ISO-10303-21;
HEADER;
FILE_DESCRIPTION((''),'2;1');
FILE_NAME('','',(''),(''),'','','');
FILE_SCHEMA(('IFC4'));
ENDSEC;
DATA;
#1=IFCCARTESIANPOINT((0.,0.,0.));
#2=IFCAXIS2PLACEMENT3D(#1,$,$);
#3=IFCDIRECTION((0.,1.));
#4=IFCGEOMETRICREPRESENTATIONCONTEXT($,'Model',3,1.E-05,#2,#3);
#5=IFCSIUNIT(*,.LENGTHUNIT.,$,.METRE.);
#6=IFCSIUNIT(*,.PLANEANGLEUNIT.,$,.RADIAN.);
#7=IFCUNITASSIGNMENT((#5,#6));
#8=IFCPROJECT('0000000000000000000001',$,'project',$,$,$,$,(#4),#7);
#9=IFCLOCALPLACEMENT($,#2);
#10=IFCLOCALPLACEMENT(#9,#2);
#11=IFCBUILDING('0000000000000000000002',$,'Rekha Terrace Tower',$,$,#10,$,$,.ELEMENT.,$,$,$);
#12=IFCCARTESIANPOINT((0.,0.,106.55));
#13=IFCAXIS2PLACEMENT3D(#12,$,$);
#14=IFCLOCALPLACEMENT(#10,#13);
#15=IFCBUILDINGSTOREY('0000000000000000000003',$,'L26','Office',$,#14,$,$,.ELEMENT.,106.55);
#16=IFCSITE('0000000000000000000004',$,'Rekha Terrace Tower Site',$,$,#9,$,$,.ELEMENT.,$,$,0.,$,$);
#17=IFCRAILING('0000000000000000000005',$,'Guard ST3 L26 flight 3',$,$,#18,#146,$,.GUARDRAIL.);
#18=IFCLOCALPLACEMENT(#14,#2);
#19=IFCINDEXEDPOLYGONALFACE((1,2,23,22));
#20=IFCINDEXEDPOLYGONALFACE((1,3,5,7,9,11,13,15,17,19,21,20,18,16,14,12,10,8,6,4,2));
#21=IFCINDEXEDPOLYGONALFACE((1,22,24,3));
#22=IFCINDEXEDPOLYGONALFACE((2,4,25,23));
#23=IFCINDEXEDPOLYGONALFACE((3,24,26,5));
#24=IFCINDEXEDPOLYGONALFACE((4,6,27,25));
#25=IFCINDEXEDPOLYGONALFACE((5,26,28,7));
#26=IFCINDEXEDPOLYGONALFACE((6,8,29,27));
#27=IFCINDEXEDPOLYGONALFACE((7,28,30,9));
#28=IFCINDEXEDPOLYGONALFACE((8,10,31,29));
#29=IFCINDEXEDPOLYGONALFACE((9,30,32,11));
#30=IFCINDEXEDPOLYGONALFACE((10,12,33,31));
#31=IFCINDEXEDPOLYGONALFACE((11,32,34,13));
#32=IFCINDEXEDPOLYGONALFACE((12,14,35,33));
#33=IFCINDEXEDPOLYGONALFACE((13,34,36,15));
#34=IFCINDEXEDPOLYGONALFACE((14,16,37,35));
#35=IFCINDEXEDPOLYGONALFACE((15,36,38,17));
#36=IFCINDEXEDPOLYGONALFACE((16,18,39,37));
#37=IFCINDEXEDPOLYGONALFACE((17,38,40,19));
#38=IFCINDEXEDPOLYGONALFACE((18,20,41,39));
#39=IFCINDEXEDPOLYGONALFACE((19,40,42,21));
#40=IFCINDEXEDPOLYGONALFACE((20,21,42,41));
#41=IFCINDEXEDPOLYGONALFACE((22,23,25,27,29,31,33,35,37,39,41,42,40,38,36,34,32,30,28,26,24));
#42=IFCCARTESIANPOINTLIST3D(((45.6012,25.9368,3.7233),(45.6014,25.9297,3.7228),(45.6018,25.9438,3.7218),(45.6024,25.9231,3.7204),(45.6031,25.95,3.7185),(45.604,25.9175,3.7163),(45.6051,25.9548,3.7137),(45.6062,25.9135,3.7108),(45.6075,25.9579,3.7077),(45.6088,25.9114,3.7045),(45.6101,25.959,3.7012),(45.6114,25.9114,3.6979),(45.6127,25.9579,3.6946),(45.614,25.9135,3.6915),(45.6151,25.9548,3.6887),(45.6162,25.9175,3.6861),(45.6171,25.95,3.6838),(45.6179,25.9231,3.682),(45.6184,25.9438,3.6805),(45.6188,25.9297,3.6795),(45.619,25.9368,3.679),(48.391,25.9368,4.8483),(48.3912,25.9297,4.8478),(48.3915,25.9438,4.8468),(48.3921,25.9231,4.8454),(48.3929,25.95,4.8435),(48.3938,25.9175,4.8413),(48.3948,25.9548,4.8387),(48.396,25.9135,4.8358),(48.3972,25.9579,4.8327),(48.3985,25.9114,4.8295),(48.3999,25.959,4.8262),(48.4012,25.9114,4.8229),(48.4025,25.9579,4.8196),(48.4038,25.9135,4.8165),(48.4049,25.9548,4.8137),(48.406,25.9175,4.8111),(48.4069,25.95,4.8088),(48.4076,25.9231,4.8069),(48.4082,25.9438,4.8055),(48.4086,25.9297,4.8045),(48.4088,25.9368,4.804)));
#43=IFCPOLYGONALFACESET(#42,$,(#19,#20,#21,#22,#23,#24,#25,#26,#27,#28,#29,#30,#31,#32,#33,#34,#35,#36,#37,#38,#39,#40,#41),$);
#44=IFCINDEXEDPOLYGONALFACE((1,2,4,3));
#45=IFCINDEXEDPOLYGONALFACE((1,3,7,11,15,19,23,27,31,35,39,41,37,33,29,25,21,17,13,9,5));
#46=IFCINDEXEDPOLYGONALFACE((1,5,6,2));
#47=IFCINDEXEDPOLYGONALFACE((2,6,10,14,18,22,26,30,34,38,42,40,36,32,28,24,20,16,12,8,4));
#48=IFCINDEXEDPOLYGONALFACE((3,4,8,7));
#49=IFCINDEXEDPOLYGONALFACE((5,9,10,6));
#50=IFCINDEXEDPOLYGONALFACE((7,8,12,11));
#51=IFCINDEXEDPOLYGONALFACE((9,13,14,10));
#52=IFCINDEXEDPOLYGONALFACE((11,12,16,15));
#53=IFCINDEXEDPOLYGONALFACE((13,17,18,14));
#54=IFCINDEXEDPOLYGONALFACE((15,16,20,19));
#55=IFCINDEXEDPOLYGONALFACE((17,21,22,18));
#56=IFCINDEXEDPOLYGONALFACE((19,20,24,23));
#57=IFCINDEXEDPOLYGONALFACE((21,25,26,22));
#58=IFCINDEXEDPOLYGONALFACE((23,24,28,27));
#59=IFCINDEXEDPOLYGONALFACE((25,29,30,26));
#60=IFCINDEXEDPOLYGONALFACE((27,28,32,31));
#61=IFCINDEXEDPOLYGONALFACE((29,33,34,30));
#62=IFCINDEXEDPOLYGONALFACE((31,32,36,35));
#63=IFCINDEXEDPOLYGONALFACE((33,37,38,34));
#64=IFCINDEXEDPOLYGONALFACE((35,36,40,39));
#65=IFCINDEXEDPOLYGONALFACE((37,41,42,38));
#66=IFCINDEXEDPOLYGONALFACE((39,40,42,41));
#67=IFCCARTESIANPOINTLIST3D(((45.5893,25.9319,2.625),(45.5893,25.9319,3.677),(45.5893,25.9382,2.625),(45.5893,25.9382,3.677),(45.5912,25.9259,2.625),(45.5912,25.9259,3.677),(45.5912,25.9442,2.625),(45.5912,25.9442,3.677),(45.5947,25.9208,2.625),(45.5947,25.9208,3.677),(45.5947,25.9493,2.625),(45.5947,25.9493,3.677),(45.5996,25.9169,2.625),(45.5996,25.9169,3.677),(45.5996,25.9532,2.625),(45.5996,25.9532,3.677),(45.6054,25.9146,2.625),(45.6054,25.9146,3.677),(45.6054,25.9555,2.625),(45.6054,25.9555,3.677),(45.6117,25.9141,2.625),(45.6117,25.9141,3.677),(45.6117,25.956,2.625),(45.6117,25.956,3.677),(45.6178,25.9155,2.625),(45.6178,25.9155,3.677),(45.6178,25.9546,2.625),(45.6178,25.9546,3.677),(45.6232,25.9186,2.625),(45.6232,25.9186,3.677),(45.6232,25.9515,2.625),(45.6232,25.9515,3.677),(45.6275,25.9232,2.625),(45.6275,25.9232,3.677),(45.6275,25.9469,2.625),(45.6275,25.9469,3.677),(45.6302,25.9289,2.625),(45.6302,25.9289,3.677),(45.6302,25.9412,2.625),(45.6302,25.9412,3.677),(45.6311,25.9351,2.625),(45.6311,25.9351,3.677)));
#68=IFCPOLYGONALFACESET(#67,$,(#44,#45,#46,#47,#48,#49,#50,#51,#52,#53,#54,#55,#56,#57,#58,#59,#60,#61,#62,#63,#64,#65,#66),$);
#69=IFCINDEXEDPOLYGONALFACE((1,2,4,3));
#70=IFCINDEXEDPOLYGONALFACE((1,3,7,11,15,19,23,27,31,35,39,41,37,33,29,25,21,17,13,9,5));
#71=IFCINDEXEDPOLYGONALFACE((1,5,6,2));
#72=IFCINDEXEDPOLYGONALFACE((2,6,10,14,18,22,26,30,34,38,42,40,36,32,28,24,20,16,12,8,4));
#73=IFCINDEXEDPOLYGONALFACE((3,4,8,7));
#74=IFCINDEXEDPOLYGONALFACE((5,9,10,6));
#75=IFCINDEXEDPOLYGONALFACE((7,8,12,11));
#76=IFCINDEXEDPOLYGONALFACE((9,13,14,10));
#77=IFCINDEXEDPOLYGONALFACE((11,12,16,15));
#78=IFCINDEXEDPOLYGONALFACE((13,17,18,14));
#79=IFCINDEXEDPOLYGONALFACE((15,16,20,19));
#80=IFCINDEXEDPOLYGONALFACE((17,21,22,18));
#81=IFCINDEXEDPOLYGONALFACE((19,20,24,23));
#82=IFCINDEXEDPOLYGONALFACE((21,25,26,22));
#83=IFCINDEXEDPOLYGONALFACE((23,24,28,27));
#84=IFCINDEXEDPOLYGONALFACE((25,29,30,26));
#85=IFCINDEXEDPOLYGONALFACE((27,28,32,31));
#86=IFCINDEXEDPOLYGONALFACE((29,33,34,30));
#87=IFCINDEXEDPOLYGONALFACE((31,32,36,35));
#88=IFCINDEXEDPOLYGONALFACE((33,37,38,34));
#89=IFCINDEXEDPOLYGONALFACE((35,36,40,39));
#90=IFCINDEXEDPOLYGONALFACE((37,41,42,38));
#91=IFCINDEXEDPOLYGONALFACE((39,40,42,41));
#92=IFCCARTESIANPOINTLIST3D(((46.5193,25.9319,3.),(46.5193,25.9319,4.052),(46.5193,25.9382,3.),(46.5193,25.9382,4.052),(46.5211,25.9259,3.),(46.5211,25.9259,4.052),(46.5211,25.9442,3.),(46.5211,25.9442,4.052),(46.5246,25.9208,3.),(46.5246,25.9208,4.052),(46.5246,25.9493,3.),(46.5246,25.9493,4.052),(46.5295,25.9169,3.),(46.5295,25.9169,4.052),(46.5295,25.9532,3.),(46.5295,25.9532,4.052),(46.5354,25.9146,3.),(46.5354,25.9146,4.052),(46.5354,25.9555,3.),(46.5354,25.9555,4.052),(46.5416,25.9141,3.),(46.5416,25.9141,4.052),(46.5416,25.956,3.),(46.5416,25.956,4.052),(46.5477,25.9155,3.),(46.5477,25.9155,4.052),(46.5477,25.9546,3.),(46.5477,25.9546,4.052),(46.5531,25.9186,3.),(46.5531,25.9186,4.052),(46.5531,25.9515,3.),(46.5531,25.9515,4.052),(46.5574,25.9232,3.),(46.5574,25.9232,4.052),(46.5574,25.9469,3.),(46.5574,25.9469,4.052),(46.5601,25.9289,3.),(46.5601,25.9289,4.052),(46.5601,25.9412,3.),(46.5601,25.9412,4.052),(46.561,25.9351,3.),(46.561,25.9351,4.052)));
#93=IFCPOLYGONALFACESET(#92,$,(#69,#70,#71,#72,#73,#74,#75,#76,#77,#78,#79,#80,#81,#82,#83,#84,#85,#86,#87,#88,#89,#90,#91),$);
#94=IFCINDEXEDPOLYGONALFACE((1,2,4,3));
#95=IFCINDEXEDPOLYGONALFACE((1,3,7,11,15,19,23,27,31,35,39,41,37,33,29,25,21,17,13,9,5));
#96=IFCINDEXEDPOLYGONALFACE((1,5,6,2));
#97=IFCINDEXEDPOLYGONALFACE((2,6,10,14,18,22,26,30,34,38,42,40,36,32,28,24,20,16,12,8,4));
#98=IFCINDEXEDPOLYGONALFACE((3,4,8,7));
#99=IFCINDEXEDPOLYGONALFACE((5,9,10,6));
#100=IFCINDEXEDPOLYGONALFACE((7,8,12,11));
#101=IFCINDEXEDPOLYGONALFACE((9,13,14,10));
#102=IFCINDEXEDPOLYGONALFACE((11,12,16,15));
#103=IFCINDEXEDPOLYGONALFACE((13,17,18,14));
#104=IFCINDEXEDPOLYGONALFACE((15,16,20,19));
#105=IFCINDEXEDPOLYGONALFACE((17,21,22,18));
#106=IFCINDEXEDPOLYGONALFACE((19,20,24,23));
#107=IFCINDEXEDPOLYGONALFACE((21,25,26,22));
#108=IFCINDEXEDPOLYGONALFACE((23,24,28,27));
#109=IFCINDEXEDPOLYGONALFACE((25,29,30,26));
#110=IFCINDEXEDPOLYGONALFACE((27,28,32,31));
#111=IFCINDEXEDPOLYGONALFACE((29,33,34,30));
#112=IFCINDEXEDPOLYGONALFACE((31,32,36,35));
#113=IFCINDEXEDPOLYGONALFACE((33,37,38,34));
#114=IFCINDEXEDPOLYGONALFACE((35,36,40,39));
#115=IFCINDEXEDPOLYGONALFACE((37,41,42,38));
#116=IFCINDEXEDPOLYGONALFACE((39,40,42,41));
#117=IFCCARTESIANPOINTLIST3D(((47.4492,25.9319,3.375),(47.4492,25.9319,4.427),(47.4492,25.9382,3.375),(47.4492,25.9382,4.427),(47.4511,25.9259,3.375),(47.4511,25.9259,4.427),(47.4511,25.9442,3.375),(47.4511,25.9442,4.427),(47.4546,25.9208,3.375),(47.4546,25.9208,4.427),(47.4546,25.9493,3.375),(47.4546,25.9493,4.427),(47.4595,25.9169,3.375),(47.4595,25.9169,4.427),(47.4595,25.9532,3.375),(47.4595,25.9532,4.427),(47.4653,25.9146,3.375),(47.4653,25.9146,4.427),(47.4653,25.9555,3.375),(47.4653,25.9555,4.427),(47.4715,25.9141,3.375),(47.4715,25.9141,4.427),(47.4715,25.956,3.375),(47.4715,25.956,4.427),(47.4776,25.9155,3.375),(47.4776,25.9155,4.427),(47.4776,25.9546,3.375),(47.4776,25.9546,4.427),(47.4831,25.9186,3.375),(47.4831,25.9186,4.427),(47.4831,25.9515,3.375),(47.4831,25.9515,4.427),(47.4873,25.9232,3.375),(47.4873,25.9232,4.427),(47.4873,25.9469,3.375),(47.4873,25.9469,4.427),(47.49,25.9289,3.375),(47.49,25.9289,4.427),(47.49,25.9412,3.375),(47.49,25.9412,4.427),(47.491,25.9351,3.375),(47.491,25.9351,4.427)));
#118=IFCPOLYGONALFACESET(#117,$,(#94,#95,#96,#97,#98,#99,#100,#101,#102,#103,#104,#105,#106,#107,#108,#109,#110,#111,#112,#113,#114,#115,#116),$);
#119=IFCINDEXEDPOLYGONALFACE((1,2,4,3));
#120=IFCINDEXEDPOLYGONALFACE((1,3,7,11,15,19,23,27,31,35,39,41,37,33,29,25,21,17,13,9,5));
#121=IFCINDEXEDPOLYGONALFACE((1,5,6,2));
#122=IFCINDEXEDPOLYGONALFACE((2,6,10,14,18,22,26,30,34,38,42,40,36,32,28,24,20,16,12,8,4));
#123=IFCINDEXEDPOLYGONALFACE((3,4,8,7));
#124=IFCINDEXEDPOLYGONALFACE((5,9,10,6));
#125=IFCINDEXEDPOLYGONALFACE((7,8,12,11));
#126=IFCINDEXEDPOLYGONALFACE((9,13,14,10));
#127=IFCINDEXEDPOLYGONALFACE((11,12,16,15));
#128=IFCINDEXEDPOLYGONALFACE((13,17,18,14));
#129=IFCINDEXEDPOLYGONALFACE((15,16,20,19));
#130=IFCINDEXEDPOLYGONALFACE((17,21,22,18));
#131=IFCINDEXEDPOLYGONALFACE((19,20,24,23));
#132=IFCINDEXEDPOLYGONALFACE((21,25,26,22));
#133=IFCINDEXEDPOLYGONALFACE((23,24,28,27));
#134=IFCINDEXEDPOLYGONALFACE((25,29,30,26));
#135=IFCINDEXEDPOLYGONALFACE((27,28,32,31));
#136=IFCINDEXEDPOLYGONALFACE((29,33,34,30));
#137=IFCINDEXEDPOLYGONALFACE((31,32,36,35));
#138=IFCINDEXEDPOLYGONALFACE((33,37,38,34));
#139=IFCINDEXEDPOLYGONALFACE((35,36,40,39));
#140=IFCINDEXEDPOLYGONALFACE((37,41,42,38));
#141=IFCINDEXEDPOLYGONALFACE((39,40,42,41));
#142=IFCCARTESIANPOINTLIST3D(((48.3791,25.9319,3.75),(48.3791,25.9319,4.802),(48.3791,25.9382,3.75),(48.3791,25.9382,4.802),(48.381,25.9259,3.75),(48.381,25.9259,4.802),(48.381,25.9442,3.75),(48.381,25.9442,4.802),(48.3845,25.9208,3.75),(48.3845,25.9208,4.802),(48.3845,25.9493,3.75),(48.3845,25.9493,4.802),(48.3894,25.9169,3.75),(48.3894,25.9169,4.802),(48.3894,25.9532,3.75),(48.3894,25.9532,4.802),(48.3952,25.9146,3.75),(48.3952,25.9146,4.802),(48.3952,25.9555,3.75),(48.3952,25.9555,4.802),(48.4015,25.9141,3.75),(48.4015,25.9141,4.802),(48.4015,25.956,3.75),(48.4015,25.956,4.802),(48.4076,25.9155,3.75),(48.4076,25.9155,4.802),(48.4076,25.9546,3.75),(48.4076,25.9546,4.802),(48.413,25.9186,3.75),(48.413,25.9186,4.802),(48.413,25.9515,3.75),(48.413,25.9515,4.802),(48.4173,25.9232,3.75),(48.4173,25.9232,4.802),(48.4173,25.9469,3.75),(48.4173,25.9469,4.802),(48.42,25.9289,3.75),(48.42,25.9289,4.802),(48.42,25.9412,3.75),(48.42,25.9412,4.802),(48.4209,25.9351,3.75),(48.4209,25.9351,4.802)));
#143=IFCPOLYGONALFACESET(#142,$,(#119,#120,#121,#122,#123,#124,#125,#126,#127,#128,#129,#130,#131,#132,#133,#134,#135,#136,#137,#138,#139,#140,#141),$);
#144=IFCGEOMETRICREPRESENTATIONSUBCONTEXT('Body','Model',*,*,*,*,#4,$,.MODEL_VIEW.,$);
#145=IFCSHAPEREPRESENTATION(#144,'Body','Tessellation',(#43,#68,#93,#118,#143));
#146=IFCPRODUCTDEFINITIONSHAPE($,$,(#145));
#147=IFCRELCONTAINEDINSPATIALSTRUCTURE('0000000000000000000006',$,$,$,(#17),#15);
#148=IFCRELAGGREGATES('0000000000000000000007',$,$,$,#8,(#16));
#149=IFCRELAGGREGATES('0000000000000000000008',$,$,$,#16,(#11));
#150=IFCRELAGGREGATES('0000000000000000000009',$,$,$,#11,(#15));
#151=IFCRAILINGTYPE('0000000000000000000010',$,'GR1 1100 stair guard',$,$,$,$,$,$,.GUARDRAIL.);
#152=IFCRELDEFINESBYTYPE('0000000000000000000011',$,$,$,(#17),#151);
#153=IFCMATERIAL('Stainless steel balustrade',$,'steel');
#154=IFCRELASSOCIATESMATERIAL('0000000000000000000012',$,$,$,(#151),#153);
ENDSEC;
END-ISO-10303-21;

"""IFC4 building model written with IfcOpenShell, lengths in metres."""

from ifc_helpers import new_model, si_unit, direction, frame, origin, origin_2d, place, context, subcontext, project, spatial, circle, extrude, material, type_object, element, save


model = new_model("IFC4")

# Units and contexts
model_context = context("Model", 3, precision=1e-05, world=origin(), true_north=direction((0.0, 1.0)))
body_context = subcontext(model_context, "Body", "Model", "MODEL_VIEW")
ifc_project = project(units=[si_unit("LENGTHUNIT", "METRE"), si_unit("PLANEANGLEUNIT", "RADIAN")], contexts=[model_context])

# Site, building, storey
site_placement = place(None, origin())
site = spatial("IfcSite", under=ifc_project, at=site_placement, Name="Rekha Terrace Tower Site", CompositionType="ELEMENT", RefElevation=0.0)
building_placement = place(site_placement, origin())
building = spatial("IfcBuilding", under=site, at=building_placement, Name="Rekha Terrace Tower", CompositionType="ELEMENT")
storey_placement = place(building_placement, frame((0.0, 0.0, 106.55)))
storey = spatial("IfcBuildingStorey", under=building, at=storey_placement, Name="L26", Description="Office", CompositionType="ELEMENT", Elevation=106.55)

# Railing
ifc_material_1 = material(Name="Stainless steel balustrade", Category="steel")
railing_type_1 = type_object("IfcRailingType", Name="GR1 1100 stair guard", PredefinedType="GUARDRAIL", material=ifc_material_1)
railing_1_placement = place(storey_placement, frame((45.6101, 25.9351, 2.625)))
element("IfcRailing", 1, at=railing_1_placement, inside=storey, type_object=railing_type_1, Name="Guard ST3 L26 flight 3", PredefinedType="GUARDRAIL", context=body_context, shape_type="SweptSolid", body=[
    extrude(circle(Radius=0.0239, at=origin_2d()), frame((0.0, 0.0, 1.0762), z_axis=(0.927432, 0.0, 0.373992), x_axis=(0.0, 1.0, 0.0)), (0.0, 0.0, 1.0), 3.0081),
    extrude(circle(Radius=0.021, at=origin_2d()), origin(), (0.0, 0.0, 1.0), 1.052),
    extrude(circle(Radius=0.021, at=origin_2d()), frame((0.9299, 0.0, 0.375)), (0.0, 0.0, 1.0), 1.052),
    extrude(circle(Radius=0.021, at=origin_2d()), frame((1.8599, 0.0, 0.75)), (0.0, 0.0, 1.0), 1.052),
    extrude(circle(Radius=0.021, at=origin_2d()), frame((2.7898, 0.0, 1.125)), (0.0, 0.0, 1.0), 1.052),
])

save(model, "model.ifc")
